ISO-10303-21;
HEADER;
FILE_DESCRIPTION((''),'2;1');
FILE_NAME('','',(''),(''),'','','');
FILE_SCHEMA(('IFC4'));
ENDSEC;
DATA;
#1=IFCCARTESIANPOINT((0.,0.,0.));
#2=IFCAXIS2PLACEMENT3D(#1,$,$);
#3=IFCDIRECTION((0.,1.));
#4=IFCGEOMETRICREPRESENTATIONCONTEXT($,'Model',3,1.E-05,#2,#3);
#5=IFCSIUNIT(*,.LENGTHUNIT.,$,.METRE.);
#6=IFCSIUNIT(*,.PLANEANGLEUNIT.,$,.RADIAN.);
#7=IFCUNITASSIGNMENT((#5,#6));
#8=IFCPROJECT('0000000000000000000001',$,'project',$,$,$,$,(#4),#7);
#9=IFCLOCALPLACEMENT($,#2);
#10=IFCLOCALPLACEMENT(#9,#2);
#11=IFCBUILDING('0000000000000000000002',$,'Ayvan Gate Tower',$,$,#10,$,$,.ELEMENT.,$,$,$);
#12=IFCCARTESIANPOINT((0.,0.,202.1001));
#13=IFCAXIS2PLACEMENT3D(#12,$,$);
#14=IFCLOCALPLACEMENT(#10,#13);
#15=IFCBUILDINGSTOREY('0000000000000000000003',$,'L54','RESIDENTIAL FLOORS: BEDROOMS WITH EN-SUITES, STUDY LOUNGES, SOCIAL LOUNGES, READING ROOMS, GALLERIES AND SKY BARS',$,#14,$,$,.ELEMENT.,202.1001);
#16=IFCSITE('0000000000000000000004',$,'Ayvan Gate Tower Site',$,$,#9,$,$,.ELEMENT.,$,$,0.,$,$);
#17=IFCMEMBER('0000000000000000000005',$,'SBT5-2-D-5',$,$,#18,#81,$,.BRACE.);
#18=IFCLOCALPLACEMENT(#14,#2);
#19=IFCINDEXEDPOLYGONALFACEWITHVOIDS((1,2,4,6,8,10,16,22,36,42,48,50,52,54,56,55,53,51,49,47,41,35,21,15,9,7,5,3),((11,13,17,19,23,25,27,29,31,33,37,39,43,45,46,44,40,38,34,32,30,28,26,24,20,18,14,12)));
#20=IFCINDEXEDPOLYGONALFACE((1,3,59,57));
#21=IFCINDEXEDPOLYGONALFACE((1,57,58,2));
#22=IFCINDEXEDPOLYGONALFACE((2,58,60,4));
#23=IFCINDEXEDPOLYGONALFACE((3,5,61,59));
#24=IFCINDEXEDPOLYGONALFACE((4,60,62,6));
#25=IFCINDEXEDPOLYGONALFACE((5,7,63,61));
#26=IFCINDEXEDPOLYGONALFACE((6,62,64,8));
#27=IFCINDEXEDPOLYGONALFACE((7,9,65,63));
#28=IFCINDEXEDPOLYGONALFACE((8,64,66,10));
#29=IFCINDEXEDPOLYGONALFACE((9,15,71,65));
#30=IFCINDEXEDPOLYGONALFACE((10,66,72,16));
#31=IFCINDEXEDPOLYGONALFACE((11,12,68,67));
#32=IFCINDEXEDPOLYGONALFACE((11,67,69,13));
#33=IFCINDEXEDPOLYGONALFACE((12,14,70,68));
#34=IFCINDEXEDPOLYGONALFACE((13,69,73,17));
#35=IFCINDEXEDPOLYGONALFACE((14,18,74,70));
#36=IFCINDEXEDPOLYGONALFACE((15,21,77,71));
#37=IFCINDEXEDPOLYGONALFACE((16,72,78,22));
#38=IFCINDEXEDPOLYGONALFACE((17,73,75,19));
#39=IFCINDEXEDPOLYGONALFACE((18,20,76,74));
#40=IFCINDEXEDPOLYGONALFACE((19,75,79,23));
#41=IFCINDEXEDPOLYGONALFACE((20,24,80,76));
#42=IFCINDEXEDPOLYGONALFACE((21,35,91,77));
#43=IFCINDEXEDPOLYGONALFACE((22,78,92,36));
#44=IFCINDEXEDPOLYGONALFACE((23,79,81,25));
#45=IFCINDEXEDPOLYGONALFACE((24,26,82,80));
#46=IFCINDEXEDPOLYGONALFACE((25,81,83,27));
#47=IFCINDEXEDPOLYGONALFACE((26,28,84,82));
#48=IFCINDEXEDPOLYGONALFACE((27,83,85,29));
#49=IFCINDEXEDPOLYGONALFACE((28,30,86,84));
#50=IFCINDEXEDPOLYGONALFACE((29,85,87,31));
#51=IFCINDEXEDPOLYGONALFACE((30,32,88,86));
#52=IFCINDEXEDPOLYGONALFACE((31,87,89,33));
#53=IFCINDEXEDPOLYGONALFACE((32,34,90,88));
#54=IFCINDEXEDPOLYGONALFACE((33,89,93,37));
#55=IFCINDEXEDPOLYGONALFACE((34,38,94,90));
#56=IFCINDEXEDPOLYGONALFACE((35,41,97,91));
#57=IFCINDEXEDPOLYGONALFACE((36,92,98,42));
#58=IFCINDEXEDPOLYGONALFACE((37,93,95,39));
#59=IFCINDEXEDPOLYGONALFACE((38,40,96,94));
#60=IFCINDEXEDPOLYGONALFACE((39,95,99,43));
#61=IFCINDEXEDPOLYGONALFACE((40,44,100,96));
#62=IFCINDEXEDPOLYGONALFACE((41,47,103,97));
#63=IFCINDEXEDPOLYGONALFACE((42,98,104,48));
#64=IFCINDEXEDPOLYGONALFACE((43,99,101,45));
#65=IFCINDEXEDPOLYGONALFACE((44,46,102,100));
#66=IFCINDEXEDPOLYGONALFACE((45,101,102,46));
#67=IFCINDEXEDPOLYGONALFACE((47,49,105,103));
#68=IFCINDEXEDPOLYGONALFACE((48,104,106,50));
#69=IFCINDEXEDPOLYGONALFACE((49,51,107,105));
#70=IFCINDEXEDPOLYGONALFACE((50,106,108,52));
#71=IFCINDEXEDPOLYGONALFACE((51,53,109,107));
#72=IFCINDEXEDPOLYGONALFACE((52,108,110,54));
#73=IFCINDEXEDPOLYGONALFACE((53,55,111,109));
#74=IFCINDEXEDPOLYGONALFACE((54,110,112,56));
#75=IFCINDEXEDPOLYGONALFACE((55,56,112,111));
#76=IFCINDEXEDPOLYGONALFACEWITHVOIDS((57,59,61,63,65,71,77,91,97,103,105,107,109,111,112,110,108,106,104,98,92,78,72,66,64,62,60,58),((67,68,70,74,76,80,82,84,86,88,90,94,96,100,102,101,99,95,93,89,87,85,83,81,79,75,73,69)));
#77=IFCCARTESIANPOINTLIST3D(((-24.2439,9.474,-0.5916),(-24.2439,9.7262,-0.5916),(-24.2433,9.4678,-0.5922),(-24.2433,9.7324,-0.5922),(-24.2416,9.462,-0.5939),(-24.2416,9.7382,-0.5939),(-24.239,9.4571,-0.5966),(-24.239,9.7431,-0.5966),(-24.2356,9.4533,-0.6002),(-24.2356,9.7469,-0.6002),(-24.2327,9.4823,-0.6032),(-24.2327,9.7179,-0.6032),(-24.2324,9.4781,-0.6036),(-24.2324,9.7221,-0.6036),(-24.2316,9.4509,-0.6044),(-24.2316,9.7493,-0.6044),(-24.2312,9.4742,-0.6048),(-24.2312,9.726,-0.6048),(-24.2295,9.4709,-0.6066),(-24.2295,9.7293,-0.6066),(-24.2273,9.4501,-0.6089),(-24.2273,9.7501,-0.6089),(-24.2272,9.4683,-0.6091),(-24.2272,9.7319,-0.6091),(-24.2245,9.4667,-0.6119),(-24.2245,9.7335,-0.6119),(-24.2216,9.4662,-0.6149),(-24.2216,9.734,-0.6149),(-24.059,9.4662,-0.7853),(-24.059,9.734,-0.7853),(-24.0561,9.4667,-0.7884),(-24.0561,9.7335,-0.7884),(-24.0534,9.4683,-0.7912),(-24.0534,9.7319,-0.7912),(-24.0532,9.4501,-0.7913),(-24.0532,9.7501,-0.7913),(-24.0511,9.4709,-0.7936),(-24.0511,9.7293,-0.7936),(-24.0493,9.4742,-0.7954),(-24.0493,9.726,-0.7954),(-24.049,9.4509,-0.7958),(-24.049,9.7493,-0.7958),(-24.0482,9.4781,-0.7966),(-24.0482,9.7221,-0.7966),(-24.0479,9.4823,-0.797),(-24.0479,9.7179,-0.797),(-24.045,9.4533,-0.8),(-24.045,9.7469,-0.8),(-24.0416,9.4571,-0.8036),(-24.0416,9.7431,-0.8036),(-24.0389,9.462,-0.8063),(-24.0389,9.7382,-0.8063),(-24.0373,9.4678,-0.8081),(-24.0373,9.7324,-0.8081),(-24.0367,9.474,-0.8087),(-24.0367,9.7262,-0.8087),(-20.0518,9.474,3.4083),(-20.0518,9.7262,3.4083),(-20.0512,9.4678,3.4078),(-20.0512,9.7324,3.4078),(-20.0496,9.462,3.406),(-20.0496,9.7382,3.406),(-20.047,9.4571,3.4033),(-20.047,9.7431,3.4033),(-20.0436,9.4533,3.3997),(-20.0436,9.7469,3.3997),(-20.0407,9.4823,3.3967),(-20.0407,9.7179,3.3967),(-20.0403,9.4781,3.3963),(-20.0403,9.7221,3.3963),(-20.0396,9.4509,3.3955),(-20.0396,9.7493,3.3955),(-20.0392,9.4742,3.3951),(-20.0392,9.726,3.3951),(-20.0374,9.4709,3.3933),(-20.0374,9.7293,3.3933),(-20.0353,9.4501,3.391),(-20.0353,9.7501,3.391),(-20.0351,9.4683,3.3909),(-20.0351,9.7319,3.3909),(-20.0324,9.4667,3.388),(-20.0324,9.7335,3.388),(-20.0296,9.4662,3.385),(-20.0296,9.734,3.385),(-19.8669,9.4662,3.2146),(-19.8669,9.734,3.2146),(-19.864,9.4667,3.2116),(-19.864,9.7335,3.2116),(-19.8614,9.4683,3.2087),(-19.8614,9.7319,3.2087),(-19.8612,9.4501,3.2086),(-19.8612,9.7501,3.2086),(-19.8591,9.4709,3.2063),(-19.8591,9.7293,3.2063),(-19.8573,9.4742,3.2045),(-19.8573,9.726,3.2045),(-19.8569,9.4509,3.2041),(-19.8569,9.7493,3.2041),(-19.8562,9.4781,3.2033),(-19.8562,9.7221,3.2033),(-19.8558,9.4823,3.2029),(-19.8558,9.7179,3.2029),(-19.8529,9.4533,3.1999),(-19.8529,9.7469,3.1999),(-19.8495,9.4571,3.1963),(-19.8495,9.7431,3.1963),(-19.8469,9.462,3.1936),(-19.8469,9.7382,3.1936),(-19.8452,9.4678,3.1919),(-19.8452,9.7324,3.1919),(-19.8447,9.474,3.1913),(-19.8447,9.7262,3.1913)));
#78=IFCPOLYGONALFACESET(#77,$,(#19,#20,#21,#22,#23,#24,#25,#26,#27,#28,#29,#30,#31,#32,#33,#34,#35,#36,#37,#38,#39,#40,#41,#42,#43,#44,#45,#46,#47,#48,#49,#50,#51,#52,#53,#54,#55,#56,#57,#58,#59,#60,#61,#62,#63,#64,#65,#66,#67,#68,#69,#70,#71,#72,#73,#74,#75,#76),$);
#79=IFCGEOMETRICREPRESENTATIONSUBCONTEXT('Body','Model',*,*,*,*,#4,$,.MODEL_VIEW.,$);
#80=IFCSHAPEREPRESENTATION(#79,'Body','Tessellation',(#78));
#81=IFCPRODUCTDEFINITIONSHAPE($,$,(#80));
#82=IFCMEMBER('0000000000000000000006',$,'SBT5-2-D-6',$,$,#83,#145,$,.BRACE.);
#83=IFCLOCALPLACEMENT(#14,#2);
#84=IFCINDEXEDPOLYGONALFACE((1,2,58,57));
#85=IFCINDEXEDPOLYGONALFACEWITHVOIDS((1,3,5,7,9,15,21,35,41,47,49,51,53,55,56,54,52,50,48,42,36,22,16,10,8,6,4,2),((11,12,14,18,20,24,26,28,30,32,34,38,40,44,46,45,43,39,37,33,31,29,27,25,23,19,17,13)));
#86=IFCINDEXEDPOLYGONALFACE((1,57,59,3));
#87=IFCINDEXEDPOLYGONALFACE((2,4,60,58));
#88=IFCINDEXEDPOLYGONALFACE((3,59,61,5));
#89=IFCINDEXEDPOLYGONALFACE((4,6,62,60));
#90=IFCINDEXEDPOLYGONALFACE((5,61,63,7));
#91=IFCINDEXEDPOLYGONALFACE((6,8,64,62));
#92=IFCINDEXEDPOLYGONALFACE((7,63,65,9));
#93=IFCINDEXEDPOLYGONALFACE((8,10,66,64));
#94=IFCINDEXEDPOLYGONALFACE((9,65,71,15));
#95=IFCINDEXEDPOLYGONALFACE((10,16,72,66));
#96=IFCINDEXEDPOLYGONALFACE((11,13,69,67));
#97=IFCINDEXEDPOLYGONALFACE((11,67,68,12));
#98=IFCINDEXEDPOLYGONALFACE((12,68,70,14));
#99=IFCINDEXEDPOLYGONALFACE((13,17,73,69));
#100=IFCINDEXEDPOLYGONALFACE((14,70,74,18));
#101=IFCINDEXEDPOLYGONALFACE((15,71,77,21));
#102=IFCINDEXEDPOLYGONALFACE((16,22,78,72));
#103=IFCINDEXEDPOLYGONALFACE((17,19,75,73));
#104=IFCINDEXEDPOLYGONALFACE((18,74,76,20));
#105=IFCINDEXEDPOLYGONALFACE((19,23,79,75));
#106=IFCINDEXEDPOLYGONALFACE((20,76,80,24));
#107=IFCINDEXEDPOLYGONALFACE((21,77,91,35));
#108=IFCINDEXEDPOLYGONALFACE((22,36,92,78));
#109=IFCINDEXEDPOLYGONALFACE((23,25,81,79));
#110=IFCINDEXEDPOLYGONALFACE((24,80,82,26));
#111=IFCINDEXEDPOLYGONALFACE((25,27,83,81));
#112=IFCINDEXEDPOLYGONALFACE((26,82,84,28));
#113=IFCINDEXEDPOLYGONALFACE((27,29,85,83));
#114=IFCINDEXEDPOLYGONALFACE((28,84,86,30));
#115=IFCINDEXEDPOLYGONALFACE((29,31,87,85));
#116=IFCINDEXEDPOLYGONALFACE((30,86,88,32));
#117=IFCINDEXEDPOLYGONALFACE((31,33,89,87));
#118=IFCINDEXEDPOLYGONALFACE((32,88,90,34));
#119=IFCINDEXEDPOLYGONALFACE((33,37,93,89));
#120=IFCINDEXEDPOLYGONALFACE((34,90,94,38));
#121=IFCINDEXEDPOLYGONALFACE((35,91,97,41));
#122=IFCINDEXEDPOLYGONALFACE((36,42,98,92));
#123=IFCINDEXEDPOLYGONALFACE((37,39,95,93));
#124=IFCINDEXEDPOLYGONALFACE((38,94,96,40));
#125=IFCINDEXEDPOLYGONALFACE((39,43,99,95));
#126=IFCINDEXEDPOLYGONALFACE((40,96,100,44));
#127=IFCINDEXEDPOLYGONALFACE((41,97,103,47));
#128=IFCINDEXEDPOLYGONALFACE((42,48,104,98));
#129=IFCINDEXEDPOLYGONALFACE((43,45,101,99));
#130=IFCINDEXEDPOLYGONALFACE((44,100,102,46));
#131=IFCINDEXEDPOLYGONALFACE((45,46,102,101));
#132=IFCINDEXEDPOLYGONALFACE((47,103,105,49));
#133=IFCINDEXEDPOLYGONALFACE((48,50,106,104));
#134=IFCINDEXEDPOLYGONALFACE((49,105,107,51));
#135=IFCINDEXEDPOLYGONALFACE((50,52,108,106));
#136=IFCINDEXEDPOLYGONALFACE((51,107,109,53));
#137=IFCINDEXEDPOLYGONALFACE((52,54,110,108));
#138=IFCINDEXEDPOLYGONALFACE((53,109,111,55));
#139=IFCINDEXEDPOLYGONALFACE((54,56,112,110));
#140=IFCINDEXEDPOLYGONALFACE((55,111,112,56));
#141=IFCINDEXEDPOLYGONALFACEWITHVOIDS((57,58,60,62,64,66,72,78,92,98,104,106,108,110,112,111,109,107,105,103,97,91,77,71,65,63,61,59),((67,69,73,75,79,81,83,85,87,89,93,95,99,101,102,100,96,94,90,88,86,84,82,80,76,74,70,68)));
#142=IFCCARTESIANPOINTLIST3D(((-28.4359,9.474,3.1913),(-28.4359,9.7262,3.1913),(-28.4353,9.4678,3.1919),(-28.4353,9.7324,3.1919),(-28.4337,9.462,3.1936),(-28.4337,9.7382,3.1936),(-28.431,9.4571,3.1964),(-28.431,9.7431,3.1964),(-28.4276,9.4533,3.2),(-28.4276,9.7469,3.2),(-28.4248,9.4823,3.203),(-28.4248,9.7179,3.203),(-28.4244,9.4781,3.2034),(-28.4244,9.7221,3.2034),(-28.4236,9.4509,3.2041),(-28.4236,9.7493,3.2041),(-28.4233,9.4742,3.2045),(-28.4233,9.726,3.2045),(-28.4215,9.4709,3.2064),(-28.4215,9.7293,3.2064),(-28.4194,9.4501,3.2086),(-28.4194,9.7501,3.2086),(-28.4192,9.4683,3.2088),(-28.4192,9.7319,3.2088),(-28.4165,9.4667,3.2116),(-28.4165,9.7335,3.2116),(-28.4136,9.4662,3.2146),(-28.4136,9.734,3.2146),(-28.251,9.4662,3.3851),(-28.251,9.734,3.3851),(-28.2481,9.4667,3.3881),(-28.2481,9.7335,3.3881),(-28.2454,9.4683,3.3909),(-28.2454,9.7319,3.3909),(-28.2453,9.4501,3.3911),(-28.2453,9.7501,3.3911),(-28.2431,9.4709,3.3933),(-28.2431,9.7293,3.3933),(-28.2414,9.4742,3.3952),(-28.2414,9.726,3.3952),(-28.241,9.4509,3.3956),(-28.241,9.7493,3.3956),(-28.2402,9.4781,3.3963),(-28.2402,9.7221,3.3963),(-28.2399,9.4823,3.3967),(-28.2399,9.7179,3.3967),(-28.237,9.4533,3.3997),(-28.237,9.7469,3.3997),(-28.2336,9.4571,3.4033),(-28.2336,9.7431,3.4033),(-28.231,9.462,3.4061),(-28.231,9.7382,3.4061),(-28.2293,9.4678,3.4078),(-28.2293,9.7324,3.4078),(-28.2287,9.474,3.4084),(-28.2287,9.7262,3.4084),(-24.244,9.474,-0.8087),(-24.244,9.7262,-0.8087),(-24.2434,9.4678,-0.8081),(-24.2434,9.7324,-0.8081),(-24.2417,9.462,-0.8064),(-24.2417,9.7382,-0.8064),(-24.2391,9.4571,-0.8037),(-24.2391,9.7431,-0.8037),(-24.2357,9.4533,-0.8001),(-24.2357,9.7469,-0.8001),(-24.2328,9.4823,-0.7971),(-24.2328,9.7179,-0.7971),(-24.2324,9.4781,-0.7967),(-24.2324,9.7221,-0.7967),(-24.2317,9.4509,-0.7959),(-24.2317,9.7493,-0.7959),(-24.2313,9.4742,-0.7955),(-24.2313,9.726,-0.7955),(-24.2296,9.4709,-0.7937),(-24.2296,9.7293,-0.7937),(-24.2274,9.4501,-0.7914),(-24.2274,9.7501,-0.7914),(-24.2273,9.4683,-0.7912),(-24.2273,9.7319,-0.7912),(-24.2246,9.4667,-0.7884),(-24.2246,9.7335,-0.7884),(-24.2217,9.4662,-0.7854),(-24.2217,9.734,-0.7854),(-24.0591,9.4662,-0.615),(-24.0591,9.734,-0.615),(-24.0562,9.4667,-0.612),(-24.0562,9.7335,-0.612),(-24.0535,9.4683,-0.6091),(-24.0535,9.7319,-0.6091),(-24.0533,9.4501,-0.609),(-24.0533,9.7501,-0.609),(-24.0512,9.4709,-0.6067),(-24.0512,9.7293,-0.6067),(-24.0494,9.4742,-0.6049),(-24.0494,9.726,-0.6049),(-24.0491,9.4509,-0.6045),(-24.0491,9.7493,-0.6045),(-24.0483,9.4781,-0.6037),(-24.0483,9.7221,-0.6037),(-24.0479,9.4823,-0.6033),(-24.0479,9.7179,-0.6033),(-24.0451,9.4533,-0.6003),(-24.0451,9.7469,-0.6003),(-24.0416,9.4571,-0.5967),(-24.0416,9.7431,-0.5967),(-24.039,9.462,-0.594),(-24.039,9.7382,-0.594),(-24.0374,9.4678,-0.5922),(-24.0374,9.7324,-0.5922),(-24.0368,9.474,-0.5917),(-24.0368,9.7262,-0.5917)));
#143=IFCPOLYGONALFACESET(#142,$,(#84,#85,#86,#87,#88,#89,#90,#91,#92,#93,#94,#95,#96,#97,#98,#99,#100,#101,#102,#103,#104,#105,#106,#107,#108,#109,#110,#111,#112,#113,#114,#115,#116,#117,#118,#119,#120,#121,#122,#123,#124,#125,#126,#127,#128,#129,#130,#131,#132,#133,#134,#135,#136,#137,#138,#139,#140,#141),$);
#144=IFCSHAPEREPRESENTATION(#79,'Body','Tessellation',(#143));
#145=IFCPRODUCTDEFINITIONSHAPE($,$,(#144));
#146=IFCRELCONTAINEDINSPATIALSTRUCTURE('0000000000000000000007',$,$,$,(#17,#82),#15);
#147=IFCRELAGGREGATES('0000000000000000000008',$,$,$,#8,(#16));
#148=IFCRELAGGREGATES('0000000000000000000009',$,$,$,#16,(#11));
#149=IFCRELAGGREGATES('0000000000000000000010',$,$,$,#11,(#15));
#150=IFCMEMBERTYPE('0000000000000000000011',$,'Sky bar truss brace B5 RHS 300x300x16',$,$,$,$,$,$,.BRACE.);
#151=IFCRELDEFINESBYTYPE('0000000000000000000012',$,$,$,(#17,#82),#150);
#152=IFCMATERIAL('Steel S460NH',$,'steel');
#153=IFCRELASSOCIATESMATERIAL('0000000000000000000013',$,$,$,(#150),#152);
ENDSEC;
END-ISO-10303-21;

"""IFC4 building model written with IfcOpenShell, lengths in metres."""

from ifc_helpers import new_model, si_unit, direction, frame, origin, origin_2d, place, context, subcontext, project, spatial, hollow_rectangle, extrude, material, material_profile, profile_set, type_object, element, save


model = new_model("IFC4")

# Units and contexts
model_context = context("Model", 3, precision=1e-05, world=origin(), true_north=direction((0.0, 1.0)))
body_context = subcontext(model_context, "Body", "Model", "MODEL_VIEW")
ifc_project = project(units=[si_unit("LENGTHUNIT", "METRE"), si_unit("PLANEANGLEUNIT", "RADIAN")], contexts=[model_context])

# Site, building, storey
site_placement = place(None, origin())
site = spatial("IfcSite", under=ifc_project, at=site_placement, Name="Ayvan Gate Tower Site", CompositionType="ELEMENT", RefElevation=0.0)
building_placement = place(site_placement, origin())
building = spatial("IfcBuilding", under=site, at=building_placement, Name="Ayvan Gate Tower", CompositionType="ELEMENT")
storey_placement = place(building_placement, frame((0.0, 0.0, 202.1001)))
storey = spatial("IfcBuildingStorey", under=building, at=storey_placement, Name="L54", Description="RESIDENTIAL FLOORS: BEDROOMS WITH EN-SUITES, STUDY LOUNGES, SOCIAL LOUNGES, READING ROOMS, GALLERIES AND SKY BARS", CompositionType="ELEMENT", Elevation=202.1001)

# Members
ifc_material_1 = material(Name="Steel S460NH", Category="steel")
ifc_material_profile_1 = material_profile(ifc_material_1, hollow_rectangle(XDim=0.3, YDim=0.3, WallThickness=0.0161, InnerFilletRadius=0.0161, OuterFilletRadius=0.0239, at=origin_2d()), Name="RHS 300x300x16")
ifc_profile_set_1 = profile_set([ifc_material_profile_1], Name="Steel S460NH")
member_type_1 = type_object("IfcMemberType", Name="Sky bar truss brace B5 RHS 300x300x16", PredefinedType="BRACE", material=ifc_profile_set_1)
for number, where, z_axis, x_axis, name in (
    (1, (-19.9482, 9.6001, 3.2998), (-0.723492, 0.0, -0.690332), (0.0, -1.0, 0.0), "SBT5-2-D-5"),
    (2, (-24.1404, 9.6001, -0.7002), (-0.723472, 0.0, 0.690353), (0.0, -1.0, 0.0), "SBT5-2-D-6"),
):
    element("IfcMember", number, at=place(storey_placement, frame(where, z_axis=z_axis, x_axis=x_axis)), inside=storey, type_object=member_type_1, Name=name, PredefinedType="BRACE", context=body_context, shape_type="SweptSolid", body=[
        extrude(hollow_rectangle(XDim=0.3, YDim=0.3, WallThickness=0.0161, InnerFilletRadius=0.0161, OuterFilletRadius=0.0239, at=origin_2d()), origin(), (0.0, 0.0, 1.0), 5.7942),
    ])

save(model, "model.ifc")
